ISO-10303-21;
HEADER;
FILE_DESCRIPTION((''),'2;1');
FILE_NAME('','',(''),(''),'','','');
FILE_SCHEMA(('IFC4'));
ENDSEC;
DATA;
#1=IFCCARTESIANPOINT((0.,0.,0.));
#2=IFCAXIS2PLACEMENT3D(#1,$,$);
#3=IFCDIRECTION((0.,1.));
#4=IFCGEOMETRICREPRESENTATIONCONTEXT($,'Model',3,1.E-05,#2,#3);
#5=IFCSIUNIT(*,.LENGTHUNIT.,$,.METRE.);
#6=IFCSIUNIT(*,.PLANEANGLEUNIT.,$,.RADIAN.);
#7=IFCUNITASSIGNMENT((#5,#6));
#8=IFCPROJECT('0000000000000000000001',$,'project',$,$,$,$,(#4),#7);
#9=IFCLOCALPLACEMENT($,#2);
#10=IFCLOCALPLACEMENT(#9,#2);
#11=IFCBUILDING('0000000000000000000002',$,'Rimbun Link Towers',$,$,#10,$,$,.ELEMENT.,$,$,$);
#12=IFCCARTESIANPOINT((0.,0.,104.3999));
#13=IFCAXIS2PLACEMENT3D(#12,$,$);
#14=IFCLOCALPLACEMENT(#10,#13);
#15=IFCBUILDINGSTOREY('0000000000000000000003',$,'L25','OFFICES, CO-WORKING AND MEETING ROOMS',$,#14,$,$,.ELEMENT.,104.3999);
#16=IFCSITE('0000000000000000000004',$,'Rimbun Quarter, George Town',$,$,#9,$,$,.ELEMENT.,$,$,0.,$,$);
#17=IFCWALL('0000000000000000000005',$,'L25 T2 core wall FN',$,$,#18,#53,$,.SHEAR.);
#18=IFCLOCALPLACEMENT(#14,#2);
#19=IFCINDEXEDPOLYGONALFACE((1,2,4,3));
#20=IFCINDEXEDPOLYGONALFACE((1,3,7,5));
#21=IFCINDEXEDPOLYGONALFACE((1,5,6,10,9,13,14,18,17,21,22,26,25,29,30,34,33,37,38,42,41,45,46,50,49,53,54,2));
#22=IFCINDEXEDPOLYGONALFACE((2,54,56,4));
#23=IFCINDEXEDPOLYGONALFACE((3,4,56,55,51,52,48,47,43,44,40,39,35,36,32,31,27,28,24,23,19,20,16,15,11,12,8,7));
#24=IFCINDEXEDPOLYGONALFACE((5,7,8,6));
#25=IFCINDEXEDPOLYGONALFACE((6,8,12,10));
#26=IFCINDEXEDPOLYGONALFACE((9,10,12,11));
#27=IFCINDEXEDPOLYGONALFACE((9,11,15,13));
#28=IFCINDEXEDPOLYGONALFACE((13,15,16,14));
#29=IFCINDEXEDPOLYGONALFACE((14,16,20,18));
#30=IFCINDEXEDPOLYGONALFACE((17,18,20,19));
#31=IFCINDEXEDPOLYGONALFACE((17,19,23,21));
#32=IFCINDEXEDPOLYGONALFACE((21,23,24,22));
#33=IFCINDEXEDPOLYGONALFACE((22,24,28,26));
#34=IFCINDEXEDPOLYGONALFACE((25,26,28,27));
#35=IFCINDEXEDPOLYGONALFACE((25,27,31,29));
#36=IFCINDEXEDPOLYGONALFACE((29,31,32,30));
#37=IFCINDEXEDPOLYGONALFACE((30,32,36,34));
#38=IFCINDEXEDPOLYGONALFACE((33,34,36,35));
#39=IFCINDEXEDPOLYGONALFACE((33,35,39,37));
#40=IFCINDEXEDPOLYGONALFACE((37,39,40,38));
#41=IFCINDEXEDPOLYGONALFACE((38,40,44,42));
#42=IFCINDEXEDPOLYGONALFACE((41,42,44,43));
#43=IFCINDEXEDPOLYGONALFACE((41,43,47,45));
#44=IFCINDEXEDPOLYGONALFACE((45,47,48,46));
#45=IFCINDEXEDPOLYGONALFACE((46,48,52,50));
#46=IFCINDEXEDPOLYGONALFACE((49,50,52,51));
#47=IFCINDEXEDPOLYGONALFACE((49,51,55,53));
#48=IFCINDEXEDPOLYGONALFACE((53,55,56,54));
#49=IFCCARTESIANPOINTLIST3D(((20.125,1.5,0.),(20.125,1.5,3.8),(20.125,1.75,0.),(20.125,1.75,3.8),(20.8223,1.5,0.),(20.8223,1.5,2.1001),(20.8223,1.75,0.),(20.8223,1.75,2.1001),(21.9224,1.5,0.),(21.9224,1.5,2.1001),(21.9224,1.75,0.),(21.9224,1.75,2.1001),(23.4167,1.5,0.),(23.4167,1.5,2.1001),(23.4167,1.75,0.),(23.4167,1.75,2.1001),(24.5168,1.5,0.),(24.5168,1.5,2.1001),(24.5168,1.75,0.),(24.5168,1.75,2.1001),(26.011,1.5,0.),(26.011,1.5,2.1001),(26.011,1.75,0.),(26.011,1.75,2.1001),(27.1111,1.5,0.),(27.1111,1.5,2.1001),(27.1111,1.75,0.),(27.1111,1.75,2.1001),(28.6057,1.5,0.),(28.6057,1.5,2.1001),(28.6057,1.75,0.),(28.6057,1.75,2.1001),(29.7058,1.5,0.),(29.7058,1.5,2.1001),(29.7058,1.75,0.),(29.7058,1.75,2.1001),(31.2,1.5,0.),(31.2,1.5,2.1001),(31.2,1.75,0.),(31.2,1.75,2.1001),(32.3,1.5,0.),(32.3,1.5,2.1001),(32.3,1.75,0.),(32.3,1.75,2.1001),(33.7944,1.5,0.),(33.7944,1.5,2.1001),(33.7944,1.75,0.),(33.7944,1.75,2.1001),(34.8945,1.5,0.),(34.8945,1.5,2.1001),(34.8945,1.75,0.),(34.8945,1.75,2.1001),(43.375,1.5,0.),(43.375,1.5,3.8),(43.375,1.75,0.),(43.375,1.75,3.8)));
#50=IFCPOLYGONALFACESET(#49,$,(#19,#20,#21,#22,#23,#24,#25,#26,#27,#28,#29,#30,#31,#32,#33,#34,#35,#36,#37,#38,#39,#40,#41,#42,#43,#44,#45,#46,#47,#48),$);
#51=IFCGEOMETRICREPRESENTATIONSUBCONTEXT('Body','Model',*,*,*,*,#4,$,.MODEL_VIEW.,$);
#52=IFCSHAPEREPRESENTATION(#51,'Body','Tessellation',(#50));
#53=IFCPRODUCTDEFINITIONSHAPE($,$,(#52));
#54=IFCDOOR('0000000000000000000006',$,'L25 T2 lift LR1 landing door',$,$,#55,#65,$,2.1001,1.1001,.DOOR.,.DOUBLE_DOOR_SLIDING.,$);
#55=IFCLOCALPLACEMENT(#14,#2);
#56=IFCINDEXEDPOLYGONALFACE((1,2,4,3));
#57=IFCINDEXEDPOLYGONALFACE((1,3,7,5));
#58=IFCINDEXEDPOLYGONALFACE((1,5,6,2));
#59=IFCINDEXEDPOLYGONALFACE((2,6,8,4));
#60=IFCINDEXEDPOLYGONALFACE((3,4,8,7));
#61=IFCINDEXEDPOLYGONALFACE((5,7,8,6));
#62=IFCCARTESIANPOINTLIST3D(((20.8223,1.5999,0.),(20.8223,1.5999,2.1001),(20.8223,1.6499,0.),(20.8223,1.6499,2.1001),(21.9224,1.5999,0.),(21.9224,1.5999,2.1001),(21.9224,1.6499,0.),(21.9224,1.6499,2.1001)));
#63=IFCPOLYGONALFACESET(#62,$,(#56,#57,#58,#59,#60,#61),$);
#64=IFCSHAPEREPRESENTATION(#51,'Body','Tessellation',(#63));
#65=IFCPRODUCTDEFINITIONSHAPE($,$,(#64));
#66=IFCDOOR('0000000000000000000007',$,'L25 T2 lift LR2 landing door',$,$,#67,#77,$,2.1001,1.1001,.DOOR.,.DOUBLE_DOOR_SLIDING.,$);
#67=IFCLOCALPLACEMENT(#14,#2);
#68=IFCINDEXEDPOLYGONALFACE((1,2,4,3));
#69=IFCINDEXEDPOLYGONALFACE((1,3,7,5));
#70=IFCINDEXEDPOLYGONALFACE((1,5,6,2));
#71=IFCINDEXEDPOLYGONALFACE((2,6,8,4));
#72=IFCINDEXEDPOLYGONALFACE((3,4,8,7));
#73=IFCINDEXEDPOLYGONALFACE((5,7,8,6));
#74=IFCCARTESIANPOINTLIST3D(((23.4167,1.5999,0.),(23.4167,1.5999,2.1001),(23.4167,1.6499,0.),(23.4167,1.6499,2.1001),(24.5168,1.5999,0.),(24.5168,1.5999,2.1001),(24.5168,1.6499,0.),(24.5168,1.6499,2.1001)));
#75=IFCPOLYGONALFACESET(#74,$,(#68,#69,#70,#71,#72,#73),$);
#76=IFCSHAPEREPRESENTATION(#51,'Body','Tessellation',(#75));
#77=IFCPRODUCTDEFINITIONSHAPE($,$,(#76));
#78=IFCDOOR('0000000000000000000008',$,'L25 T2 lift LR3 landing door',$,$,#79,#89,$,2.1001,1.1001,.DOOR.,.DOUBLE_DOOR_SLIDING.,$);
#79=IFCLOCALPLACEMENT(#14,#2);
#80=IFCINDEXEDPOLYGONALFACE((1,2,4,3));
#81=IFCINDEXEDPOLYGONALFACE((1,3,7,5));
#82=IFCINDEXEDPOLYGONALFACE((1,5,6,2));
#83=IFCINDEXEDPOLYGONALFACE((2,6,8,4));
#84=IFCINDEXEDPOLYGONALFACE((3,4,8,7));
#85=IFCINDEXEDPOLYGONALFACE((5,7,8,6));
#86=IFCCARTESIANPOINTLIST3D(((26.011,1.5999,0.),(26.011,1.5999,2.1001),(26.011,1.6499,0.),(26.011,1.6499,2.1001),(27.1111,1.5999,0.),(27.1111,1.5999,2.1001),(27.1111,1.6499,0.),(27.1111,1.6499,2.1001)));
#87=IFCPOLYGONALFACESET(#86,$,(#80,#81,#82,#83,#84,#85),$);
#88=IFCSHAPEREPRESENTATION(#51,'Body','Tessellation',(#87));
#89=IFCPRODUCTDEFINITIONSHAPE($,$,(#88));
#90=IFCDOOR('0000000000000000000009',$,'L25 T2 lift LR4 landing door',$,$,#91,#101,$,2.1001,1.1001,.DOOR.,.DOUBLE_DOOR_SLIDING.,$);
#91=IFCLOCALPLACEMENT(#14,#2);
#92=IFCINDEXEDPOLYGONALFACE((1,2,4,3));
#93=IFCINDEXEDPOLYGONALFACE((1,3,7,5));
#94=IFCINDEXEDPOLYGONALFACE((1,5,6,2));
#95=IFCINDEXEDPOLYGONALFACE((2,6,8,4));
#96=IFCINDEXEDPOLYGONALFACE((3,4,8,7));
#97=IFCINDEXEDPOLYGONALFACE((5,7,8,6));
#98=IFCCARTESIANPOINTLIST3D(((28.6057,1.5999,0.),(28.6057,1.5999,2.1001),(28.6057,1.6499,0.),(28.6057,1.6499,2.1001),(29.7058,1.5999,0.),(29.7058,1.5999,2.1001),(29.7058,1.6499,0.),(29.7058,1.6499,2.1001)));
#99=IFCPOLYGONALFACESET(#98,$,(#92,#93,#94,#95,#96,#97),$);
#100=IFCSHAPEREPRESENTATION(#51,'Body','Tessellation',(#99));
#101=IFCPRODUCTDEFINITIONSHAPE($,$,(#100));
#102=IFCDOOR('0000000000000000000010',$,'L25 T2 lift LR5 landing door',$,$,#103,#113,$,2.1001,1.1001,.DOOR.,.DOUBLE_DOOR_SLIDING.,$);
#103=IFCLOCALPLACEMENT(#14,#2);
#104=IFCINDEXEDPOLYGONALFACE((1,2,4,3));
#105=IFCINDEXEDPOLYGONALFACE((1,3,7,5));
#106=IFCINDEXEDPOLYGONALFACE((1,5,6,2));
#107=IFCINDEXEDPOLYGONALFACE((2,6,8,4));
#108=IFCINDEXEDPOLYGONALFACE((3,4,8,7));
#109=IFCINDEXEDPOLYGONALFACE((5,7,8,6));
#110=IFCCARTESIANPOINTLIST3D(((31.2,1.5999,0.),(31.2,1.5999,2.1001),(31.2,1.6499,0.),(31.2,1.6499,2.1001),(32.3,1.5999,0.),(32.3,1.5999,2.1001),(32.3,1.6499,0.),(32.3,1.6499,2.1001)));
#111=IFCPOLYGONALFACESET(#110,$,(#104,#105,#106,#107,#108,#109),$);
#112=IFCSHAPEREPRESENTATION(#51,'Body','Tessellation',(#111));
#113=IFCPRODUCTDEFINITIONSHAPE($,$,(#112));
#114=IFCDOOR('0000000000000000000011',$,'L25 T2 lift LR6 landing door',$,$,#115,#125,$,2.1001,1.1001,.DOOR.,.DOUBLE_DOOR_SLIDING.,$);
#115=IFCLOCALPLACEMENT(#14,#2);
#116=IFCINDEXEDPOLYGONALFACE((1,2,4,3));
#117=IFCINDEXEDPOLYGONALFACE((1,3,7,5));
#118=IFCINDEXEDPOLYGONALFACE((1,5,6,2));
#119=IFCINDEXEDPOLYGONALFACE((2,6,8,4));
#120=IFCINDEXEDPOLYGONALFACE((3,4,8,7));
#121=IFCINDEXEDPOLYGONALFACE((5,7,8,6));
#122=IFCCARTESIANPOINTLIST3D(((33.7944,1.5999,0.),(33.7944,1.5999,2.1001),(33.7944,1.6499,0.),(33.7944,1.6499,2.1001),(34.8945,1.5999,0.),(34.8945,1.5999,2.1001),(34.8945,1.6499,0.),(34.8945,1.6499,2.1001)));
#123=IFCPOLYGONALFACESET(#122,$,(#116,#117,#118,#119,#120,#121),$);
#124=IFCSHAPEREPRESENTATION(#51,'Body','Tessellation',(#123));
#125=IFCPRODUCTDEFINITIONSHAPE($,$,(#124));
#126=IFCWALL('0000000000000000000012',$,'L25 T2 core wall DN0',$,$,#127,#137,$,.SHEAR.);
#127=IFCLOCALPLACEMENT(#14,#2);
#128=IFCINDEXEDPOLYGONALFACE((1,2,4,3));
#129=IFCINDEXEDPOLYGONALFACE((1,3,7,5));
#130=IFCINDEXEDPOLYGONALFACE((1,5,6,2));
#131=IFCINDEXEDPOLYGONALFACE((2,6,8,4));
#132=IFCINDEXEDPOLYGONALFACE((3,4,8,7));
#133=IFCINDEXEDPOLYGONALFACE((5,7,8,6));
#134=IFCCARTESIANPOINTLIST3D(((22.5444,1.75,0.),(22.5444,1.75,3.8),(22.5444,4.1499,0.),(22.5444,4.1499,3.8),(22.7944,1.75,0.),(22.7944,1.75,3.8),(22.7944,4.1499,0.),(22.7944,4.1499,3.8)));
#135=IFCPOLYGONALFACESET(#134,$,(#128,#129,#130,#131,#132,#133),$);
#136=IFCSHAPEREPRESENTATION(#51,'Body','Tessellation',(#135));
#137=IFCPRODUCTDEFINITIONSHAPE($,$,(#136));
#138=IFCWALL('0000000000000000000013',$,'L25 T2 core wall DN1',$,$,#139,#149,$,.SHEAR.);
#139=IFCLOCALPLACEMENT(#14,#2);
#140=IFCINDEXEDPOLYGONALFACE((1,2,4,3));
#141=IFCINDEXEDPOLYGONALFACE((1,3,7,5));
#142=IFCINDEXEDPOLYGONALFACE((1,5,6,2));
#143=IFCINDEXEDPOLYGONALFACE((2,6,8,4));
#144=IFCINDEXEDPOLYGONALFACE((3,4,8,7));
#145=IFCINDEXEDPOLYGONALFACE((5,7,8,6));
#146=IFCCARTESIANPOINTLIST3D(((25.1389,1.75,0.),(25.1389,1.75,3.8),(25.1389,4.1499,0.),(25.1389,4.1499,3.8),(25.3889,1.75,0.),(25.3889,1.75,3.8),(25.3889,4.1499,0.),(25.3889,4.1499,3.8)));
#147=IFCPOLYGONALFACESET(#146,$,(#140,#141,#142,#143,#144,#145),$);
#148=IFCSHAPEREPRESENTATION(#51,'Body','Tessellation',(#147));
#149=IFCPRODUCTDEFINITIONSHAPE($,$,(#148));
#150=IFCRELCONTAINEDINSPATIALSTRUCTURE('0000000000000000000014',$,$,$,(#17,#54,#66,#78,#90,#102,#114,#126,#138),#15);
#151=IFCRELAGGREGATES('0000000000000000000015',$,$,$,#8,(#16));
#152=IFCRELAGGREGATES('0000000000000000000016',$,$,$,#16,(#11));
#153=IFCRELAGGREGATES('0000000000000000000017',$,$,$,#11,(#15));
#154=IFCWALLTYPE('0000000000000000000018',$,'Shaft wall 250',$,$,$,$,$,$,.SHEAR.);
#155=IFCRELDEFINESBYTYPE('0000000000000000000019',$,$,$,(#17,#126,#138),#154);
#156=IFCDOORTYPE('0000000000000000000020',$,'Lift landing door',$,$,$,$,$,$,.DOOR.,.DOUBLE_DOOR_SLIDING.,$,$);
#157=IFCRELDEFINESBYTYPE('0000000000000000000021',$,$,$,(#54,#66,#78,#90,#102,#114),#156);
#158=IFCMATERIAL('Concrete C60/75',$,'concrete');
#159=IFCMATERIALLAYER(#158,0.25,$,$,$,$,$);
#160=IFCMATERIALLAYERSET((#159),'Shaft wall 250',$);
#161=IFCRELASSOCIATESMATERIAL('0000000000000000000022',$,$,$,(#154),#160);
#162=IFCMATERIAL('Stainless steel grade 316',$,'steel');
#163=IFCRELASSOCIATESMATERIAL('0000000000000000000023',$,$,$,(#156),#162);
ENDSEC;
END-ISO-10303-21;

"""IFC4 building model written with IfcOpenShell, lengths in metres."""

from ifc_helpers import new_model, si_unit, direction, frame, frame_2d, origin, place, context, subcontext, project, spatial, rectangle, extrude, material, layer, layer_set, type_object, element, fill, save


model = new_model("IFC4")

# Units and contexts
model_context = context("Model", 3, precision=1e-05, world=origin(), true_north=direction((0.0, 1.0)))
body_context = subcontext(model_context, "Body", "Model", "MODEL_VIEW")
ifc_project = project(units=[si_unit("LENGTHUNIT", "METRE"), si_unit("PLANEANGLEUNIT", "RADIAN")], contexts=[model_context])

# Site, building, storey
site_placement = place(None, origin())
site = spatial("IfcSite", under=ifc_project, at=site_placement, Name="Rimbun Quarter, George Town", CompositionType="ELEMENT", RefElevation=0.0)
building_placement = place(site_placement, origin())
building = spatial("IfcBuilding", under=site, at=building_placement, Name="Rimbun Link Towers", CompositionType="ELEMENT")
storey_placement = place(building_placement, frame((0.0, 0.0, 104.3999)))
storey = spatial("IfcBuildingStorey", under=building, at=storey_placement, Name="L25", Description="OFFICES, CO-WORKING AND MEETING ROOMS", CompositionType="ELEMENT", Elevation=104.3999)

# Shared definitions
ifc_material_1 = material(Name="Concrete C60/75", Category="concrete")
ifc_layer_1 = layer(ifc_material_1, 0.25)
ifc_layer_set_1 = layer_set([ifc_layer_1], Name="Shaft wall 250")
wall_type_1 = type_object("IfcWallType", Name="Shaft wall 250", PredefinedType="SHEAR", material=ifc_layer_set_1)

# Wall, openings, doors
wall_1_placement = place(storey_placement, frame((20.125, 1.625, 0.0), z_axis=(0.0, 0.0, 1.0), x_axis=(1.0, 0.0, 0.0)))
wall_1 = element("IfcWall", 1, at=wall_1_placement, inside=storey, type_object=wall_type_1, Name="L25 T2 core wall FN", PredefinedType="SHEAR", context=body_context, shape_type="SweptSolid", body=[
    extrude(rectangle(XDim=23.25, YDim=0.25, at=frame_2d((11.625, 0.0))), origin(), (0.0, 0.0, 1.0), 3.8),
])
opening_1_placement = place(wall_1_placement, frame((0.6973, 0.0, 0.0)))
opening_1 = element("IfcOpeningElement", 2, at=opening_1_placement, cuts=wall_1, PredefinedType="OPENING", context=body_context, shape_type="SweptSolid", body=[
    extrude(rectangle(XDim=1.1001, YDim=2.1001, at=frame_2d((0.55, 1.05))), frame((0.0, 0.135, 0.0), z_axis=(0.0, -1.0, 0.0), x_axis=(1.0, 0.0, 0.0)), (0.0, 0.0, 1.0), 0.27),
])
opening_2_placement = place(wall_1_placement, frame((3.2917, 0.0, 0.0)))
opening_2 = element("IfcOpeningElement", 3, at=opening_2_placement, cuts=wall_1, PredefinedType="OPENING", context=body_context, shape_type="SweptSolid", body=[
    extrude(rectangle(XDim=1.1001, YDim=2.1001, at=frame_2d((0.55, 1.05))), frame((0.0, 0.135, 0.0), z_axis=(0.0, -1.0, 0.0), x_axis=(1.0, 0.0, 0.0)), (0.0, 0.0, 1.0), 0.27),
])
opening_3_placement = place(wall_1_placement, frame((5.886, 0.0, 0.0)))
opening_3 = element("IfcOpeningElement", 4, at=opening_3_placement, cuts=wall_1, PredefinedType="OPENING", context=body_context, shape_type="SweptSolid", body=[
    extrude(rectangle(XDim=1.1001, YDim=2.1001, at=frame_2d((0.55, 1.05))), frame((0.0, 0.135, 0.0), z_axis=(0.0, -1.0, 0.0), x_axis=(1.0, 0.0, 0.0)), (0.0, 0.0, 1.0), 0.27),
])
opening_4_placement = place(wall_1_placement, frame((8.4807, 0.0, 0.0)))
opening_4 = element("IfcOpeningElement", 5, at=opening_4_placement, cuts=wall_1, PredefinedType="OPENING", context=body_context, shape_type="SweptSolid", body=[
    extrude(rectangle(XDim=1.1001, YDim=2.1001, at=frame_2d((0.55, 1.05))), frame((0.0, 0.135, 0.0), z_axis=(0.0, -1.0, 0.0), x_axis=(1.0, 0.0, 0.0)), (0.0, 0.0, 1.0), 0.27),
])
opening_5_placement = place(wall_1_placement, frame((11.075, 0.0, 0.0)))
opening_5 = element("IfcOpeningElement", 6, at=opening_5_placement, cuts=wall_1, PredefinedType="OPENING", context=body_context, shape_type="SweptSolid", body=[
    extrude(rectangle(XDim=1.1001, YDim=2.1001, at=frame_2d((0.55, 1.05))), frame((0.0, 0.135, 0.0), z_axis=(0.0, -1.0, 0.0), x_axis=(1.0, 0.0, 0.0)), (0.0, 0.0, 1.0), 0.27),
])
opening_6_placement = place(wall_1_placement, frame((13.6694, 0.0, 0.0)))
opening_6 = element("IfcOpeningElement", 7, at=opening_6_placement, cuts=wall_1, PredefinedType="OPENING", context=body_context, shape_type="SweptSolid", body=[
    extrude(rectangle(XDim=1.1001, YDim=2.1001, at=frame_2d((0.55, 1.05))), frame((0.0, 0.135, 0.0), z_axis=(0.0, -1.0, 0.0), x_axis=(1.0, 0.0, 0.0)), (0.0, 0.0, 1.0), 0.27),
])
ifc_material_2 = material(Name="Stainless steel grade 316", Category="steel")
door_type_1 = type_object("IfcDoorType", Name="Lift landing door", OperationType="DOUBLE_DOOR_SLIDING", PredefinedType="DOOR", material=ifc_material_2)
door_1_placement = place(opening_1_placement, origin())
door_1 = element("IfcDoor", 8, at=door_1_placement, inside=storey, type_object=door_type_1, Name="L25 T2 lift LR1 landing door", OperationType="DOUBLE_DOOR_SLIDING", OverallHeight=2.1001, OverallWidth=1.1001, PredefinedType="DOOR", context=body_context, shape_type="SweptSolid", body=[
    extrude(rectangle(XDim=1.1001, YDim=2.1001, at=frame_2d((0.55, 1.05))), frame((0.0, 0.0249, 0.0), z_axis=(0.0, -1.0, 0.0), x_axis=(1.0, 0.0, 0.0)), (0.0, 0.0, 1.0), 0.05),
])
fill(opening_1, door_1)
door_2_placement = place(opening_2_placement, origin())
door_2 = element("IfcDoor", 9, at=door_2_placement, inside=storey, type_object=door_type_1, Name="L25 T2 lift LR2 landing door", OperationType="DOUBLE_DOOR_SLIDING", OverallHeight=2.1001, OverallWidth=1.1001, PredefinedType="DOOR", context=body_context, shape_type="SweptSolid", body=[
    extrude(rectangle(XDim=1.1001, YDim=2.1001, at=frame_2d((0.55, 1.05))), frame((0.0, 0.0249, 0.0), z_axis=(0.0, -1.0, 0.0), x_axis=(1.0, 0.0, 0.0)), (0.0, 0.0, 1.0), 0.05),
])
fill(opening_2, door_2)
door_3_placement = place(opening_3_placement, origin())
door_3 = element("IfcDoor", 10, at=door_3_placement, inside=storey, type_object=door_type_1, Name="L25 T2 lift LR3 landing door", OperationType="DOUBLE_DOOR_SLIDING", OverallHeight=2.1001, OverallWidth=1.1001, PredefinedType="DOOR", context=body_context, shape_type="SweptSolid", body=[
    extrude(rectangle(XDim=1.1001, YDim=2.1001, at=frame_2d((0.55, 1.05))), frame((0.0, 0.0249, 0.0), z_axis=(0.0, -1.0, 0.0), x_axis=(1.0, 0.0, 0.0)), (0.0, 0.0, 1.0), 0.05),
])
fill(opening_3, door_3)
door_4_placement = place(opening_4_placement, origin())
door_4 = element("IfcDoor", 11, at=door_4_placement, inside=storey, type_object=door_type_1, Name="L25 T2 lift LR4 landing door", OperationType="DOUBLE_DOOR_SLIDING", OverallHeight=2.1001, OverallWidth=1.1001, PredefinedType="DOOR", context=body_context, shape_type="SweptSolid", body=[
    extrude(rectangle(XDim=1.1001, YDim=2.1001, at=frame_2d((0.55, 1.05))), frame((0.0, 0.0249, 0.0), z_axis=(0.0, -1.0, 0.0), x_axis=(1.0, 0.0, 0.0)), (0.0, 0.0, 1.0), 0.05),
])
fill(opening_4, door_4)
door_5_placement = place(opening_5_placement, origin())
door_5 = element("IfcDoor", 12, at=door_5_placement, inside=storey, type_object=door_type_1, Name="L25 T2 lift LR5 landing door", OperationType="DOUBLE_DOOR_SLIDING", OverallHeight=2.1001, OverallWidth=1.1001, PredefinedType="DOOR", context=body_context, shape_type="SweptSolid", body=[
    extrude(rectangle(XDim=1.1001, YDim=2.1001, at=frame_2d((0.55, 1.05))), frame((0.0, 0.0249, 0.0), z_axis=(0.0, -1.0, 0.0), x_axis=(1.0, 0.0, 0.0)), (0.0, 0.0, 1.0), 0.05),
])
fill(opening_5, door_5)
door_6_placement = place(opening_6_placement, origin())
door_6 = element("IfcDoor", 13, at=door_6_placement, inside=storey, type_object=door_type_1, Name="L25 T2 lift LR6 landing door", OperationType="DOUBLE_DOOR_SLIDING", OverallHeight=2.1001, OverallWidth=1.1001, PredefinedType="DOOR", context=body_context, shape_type="SweptSolid", body=[
    extrude(rectangle(XDim=1.1001, YDim=2.1001, at=frame_2d((0.55, 1.05))), frame((0.0, 0.0249, 0.0), z_axis=(0.0, -1.0, 0.0), x_axis=(1.0, 0.0, 0.0)), (0.0, 0.0, 1.0), 0.05),
])
fill(opening_6, door_6)

# Walls
for number, where, z_axis, x_axis, name in (
    (14, (22.6694, 1.75, 0.0), (0.0, 0.0, 1.0), (0.0, 1.0, 0.0), "L25 T2 core wall DN0"),
    (15, (25.2639, 1.75, 0.0), (0.0, 0.0, 1.0), (0.0, 1.0, 0.0), "L25 T2 core wall DN1"),
):
    element("IfcWall", number, at=place(storey_placement, frame(where, z_axis=z_axis, x_axis=x_axis)), inside=storey, type_object=wall_type_1, Name=name, PredefinedType="SHEAR", context=body_context, shape_type="SweptSolid", body=[
        extrude(rectangle(XDim=2.3999, YDim=0.25, at=frame_2d((1.2, 0.0))), origin(), (0.0, 0.0, 1.0), 3.8),
    ])

save(model, "model.ifc")
